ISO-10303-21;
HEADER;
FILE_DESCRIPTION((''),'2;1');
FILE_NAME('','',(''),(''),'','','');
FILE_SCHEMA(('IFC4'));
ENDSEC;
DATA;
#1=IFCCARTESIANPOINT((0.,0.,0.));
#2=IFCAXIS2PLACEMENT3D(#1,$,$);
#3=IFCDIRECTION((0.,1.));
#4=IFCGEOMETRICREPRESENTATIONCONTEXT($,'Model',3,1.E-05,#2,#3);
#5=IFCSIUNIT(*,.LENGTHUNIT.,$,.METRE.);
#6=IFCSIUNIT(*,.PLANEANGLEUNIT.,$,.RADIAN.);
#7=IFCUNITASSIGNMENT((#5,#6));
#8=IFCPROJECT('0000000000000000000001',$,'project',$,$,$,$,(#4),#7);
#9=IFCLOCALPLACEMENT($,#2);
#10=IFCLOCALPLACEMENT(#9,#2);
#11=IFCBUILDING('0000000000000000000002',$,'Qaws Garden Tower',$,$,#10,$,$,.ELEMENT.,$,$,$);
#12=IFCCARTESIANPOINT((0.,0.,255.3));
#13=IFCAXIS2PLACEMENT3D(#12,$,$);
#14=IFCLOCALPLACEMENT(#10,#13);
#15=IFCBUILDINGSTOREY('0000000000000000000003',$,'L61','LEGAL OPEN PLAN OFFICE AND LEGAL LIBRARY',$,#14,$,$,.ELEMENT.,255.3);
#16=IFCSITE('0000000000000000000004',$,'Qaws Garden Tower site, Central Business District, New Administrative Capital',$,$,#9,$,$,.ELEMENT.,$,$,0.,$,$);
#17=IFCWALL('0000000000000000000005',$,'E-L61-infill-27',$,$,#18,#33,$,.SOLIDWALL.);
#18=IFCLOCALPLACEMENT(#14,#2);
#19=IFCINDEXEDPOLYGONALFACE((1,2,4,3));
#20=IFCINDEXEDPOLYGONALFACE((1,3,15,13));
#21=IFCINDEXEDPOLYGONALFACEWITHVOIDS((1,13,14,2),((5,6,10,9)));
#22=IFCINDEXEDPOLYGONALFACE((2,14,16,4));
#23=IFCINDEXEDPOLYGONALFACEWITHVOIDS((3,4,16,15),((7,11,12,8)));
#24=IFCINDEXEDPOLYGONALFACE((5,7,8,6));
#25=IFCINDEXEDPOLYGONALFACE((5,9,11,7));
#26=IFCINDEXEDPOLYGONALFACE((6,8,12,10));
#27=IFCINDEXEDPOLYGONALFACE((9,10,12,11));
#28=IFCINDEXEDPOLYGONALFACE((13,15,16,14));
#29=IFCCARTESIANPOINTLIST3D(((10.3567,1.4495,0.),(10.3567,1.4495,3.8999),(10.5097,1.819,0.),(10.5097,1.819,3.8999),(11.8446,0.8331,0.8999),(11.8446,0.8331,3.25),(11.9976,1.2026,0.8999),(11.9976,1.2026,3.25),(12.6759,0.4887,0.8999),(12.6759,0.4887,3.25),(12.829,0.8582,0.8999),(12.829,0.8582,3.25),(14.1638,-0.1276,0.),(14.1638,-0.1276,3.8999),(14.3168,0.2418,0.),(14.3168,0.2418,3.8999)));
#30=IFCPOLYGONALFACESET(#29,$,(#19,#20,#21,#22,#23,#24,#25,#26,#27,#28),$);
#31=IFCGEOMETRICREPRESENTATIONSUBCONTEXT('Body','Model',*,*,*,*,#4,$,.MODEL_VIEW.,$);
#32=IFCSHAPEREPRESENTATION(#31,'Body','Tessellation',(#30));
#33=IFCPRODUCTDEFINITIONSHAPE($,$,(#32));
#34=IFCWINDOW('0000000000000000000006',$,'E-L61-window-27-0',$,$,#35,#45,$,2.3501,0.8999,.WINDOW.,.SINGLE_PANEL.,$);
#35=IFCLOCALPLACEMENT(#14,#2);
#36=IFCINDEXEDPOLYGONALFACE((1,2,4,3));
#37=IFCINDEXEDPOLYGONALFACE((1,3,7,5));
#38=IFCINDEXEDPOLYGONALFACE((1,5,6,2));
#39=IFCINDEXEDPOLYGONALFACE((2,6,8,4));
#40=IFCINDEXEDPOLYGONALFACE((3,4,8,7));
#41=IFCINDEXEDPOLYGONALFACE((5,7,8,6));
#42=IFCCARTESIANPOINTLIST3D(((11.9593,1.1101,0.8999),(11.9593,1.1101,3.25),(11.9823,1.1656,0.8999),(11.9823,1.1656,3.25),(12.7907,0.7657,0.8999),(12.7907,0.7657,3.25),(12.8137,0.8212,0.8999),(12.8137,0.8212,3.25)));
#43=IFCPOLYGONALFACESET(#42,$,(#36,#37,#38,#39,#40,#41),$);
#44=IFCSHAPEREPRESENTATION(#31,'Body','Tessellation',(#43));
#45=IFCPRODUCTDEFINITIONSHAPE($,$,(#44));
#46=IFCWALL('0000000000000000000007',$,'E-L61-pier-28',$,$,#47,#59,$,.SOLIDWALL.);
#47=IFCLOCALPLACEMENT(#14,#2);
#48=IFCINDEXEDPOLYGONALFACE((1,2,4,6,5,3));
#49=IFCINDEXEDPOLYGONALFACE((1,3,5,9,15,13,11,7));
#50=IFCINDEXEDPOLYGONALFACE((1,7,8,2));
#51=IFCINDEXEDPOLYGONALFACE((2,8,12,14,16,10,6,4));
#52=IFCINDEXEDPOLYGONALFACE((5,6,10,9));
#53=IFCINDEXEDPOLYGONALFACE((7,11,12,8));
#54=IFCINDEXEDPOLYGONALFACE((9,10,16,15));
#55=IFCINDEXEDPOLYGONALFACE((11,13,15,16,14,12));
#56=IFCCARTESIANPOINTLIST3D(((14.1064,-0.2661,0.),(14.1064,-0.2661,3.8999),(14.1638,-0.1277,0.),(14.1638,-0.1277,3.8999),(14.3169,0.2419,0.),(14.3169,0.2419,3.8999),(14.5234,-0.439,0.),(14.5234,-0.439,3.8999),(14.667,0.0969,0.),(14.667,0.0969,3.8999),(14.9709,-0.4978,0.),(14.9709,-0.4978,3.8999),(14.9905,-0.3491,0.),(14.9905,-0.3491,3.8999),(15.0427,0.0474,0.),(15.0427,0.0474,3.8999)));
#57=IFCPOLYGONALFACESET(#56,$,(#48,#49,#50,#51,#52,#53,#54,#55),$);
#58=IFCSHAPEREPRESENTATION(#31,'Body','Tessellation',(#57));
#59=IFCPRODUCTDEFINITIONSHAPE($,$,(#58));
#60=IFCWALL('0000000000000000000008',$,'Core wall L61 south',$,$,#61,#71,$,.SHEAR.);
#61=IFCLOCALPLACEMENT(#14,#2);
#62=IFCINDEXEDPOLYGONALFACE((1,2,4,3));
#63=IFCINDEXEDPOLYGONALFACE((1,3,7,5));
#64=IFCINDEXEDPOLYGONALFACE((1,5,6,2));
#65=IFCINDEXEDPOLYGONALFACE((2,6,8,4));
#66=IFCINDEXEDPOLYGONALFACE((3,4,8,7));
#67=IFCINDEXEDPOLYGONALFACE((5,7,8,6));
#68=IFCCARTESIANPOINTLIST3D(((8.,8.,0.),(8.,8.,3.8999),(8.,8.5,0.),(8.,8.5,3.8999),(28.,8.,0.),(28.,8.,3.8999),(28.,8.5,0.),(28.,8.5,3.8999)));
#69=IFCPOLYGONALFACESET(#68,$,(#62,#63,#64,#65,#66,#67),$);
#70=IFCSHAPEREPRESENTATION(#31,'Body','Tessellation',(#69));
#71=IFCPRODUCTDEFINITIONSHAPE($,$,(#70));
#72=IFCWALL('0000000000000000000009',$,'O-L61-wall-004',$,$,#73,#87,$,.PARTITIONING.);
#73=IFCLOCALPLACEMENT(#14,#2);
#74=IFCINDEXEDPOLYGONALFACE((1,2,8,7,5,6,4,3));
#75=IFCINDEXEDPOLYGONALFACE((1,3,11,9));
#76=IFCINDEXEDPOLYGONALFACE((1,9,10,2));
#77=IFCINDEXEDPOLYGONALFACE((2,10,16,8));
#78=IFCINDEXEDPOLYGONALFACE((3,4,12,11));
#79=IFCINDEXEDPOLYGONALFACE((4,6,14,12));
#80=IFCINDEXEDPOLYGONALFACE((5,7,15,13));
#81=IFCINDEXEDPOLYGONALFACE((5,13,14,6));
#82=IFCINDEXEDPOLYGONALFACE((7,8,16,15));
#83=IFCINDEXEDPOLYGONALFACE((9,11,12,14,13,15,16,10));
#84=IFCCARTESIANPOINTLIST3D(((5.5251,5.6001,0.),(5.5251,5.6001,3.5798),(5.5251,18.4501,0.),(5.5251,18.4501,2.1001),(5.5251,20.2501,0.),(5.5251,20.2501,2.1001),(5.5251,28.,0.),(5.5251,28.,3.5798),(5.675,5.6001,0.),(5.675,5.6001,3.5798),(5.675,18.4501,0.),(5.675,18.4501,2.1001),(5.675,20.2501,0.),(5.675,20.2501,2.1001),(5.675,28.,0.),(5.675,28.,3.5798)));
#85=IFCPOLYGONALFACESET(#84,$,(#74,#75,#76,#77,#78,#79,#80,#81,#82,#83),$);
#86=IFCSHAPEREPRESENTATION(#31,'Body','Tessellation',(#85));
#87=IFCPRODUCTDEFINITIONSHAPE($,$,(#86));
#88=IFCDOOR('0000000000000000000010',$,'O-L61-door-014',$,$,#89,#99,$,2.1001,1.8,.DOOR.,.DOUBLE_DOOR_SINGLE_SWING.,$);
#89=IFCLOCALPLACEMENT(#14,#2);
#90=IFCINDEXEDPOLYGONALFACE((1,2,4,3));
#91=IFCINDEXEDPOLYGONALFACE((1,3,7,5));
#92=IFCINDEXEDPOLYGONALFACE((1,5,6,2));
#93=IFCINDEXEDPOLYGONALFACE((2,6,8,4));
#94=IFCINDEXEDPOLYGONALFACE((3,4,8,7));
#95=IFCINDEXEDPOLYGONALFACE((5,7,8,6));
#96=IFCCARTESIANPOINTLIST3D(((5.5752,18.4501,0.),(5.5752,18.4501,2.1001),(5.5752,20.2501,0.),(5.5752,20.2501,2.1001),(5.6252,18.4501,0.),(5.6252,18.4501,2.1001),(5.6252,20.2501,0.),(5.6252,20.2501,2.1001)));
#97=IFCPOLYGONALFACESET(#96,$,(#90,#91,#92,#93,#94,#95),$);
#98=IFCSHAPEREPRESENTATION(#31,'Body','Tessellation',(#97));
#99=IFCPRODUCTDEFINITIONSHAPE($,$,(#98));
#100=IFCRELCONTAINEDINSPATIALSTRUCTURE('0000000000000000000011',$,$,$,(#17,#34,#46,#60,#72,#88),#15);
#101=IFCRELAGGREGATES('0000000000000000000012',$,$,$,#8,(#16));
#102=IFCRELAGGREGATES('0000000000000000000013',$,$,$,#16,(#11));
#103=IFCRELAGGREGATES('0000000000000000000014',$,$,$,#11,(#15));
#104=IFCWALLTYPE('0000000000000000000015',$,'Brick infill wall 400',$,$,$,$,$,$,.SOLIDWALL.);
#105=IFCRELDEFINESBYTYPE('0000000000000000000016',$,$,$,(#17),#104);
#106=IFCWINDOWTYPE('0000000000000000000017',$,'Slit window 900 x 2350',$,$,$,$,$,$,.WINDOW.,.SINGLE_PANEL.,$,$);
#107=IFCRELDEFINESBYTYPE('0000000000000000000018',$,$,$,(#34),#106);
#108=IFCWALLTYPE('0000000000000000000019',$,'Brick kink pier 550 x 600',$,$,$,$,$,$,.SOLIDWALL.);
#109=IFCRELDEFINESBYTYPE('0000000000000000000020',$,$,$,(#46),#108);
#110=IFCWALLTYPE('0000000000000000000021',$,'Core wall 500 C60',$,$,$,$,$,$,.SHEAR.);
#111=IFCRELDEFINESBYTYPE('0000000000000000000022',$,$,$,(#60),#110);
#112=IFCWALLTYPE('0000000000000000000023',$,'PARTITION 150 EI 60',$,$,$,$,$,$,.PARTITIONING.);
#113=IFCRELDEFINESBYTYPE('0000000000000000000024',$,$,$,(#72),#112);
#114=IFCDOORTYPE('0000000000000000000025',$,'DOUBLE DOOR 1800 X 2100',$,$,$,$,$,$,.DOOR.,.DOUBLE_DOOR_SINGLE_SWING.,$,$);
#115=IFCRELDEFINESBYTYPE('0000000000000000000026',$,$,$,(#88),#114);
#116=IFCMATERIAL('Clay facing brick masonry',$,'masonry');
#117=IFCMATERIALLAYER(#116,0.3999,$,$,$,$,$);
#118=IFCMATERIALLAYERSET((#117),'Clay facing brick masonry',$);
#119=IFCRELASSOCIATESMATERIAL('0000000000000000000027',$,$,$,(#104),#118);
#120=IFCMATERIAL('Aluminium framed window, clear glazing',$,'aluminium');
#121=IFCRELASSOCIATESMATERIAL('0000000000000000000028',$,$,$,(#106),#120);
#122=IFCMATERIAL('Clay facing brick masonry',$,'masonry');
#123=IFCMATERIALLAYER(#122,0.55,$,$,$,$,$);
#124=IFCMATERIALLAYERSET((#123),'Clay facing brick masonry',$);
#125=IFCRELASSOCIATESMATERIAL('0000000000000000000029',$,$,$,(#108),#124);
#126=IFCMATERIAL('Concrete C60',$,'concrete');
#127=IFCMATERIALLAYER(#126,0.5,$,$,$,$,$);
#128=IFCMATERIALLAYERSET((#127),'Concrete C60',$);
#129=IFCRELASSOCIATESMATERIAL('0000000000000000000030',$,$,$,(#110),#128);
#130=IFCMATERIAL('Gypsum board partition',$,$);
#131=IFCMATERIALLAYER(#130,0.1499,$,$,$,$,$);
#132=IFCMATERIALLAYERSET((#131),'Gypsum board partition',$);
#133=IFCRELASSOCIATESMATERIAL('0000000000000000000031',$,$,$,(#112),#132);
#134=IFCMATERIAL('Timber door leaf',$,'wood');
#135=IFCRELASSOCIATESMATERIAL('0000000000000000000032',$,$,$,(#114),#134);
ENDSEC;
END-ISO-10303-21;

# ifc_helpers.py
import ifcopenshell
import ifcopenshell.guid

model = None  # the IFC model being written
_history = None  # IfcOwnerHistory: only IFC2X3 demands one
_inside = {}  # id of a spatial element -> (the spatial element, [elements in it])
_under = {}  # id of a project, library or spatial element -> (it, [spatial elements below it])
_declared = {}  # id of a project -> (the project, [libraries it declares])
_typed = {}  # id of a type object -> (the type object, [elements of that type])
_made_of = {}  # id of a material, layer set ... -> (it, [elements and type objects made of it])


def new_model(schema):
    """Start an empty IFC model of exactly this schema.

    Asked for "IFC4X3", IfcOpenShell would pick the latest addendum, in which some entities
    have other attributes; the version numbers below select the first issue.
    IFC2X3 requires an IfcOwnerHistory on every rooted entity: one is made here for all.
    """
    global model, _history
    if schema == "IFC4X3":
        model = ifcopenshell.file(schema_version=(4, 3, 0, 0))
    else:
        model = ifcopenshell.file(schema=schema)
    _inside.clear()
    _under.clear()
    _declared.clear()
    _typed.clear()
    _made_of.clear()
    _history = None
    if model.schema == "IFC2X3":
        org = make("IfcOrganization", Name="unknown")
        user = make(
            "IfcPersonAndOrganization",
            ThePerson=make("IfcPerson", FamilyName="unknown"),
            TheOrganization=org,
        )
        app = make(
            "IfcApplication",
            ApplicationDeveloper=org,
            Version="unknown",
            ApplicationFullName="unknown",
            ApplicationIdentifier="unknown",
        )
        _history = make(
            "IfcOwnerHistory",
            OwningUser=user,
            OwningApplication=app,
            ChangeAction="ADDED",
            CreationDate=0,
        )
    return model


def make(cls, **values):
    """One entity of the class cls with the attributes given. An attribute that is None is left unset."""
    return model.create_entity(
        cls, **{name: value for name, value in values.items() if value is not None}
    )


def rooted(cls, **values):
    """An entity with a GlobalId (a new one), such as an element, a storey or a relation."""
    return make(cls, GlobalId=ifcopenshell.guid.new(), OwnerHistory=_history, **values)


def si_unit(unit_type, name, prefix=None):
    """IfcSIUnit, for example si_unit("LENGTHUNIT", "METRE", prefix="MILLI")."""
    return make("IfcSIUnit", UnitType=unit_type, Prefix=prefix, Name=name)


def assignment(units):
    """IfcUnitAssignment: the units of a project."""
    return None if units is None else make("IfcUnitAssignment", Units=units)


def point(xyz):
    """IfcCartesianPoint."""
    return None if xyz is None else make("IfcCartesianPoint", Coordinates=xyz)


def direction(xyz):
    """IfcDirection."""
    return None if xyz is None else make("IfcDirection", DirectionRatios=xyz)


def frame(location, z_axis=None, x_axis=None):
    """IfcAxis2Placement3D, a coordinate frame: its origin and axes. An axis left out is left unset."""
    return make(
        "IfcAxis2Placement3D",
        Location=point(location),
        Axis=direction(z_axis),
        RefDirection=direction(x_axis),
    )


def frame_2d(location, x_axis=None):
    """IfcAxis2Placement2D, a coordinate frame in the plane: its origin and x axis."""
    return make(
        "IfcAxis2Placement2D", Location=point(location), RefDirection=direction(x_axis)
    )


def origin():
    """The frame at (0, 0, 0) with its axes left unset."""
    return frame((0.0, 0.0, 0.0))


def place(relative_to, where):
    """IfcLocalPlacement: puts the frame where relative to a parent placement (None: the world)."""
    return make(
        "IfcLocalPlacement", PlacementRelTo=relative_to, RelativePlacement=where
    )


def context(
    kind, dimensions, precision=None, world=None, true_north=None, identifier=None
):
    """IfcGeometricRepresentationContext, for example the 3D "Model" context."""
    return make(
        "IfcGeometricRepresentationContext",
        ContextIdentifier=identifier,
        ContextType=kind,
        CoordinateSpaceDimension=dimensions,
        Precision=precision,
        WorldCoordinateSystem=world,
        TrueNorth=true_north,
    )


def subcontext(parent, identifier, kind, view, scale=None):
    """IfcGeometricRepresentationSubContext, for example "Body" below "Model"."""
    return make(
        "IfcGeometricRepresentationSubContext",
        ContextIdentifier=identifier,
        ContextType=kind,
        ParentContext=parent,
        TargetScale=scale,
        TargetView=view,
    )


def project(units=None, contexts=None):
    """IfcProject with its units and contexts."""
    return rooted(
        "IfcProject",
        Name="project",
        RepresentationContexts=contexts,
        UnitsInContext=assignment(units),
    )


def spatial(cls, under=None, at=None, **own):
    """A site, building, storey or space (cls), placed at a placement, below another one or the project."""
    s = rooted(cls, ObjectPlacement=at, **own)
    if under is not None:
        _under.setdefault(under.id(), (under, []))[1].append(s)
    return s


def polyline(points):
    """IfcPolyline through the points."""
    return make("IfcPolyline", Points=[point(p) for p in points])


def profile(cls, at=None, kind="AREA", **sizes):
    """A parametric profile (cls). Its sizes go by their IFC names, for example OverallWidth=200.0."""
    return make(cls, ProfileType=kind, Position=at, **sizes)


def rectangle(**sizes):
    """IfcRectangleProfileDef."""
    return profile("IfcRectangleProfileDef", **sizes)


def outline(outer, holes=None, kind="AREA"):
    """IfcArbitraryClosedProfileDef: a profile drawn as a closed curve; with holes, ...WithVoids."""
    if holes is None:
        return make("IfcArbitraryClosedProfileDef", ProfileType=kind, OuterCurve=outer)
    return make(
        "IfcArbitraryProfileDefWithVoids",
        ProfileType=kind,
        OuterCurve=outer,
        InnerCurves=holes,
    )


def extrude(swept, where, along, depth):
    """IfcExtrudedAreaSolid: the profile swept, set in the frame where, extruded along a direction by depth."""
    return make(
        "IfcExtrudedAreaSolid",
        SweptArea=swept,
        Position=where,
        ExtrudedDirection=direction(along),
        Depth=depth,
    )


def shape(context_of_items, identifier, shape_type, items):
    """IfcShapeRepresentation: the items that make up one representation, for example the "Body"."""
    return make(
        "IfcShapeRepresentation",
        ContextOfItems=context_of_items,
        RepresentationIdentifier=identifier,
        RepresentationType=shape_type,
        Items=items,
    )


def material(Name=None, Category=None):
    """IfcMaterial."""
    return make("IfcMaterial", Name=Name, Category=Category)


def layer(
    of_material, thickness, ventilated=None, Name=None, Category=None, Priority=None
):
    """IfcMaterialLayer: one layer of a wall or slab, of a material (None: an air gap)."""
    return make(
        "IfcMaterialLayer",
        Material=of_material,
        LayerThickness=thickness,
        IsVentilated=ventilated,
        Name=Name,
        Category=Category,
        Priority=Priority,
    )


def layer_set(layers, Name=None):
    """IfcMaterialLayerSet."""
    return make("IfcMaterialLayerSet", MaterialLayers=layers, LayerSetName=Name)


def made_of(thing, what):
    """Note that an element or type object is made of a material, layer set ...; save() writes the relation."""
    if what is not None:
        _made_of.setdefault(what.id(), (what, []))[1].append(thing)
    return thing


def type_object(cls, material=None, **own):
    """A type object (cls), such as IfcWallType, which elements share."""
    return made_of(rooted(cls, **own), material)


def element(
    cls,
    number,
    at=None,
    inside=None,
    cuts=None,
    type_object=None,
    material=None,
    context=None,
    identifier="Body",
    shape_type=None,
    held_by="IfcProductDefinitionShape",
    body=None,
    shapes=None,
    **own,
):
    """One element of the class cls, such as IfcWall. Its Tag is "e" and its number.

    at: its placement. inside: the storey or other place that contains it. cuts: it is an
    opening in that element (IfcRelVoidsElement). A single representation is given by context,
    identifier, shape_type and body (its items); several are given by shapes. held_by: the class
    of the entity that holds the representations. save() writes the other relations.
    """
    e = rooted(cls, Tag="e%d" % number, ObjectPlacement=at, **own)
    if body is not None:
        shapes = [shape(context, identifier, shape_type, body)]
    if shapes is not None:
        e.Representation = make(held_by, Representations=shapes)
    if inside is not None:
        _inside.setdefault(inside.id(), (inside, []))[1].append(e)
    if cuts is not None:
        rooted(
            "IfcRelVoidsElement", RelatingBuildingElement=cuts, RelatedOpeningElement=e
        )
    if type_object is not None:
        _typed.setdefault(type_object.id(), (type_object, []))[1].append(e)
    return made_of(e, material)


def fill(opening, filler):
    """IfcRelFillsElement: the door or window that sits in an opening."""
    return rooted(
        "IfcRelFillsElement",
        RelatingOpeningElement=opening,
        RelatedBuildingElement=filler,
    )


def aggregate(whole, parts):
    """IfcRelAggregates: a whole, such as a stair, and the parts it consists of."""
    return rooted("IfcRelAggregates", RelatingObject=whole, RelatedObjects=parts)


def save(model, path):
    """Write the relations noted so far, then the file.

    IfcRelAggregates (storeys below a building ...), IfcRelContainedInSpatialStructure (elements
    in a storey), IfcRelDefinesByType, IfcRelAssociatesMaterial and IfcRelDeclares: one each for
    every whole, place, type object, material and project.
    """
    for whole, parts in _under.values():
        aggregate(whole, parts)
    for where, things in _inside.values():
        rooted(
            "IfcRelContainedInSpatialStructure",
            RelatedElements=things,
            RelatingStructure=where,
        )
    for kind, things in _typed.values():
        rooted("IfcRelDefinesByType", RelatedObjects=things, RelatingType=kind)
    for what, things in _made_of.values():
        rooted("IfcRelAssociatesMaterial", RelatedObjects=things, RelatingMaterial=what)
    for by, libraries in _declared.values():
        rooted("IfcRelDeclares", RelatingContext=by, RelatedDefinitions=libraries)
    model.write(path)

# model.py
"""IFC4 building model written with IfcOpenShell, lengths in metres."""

from ifc_helpers import new_model, si_unit, direction, frame, frame_2d, origin, place, context, subcontext, project, spatial, polyline, rectangle, outline, extrude, material, layer, layer_set, type_object, element, fill, save


model = new_model("IFC4")

# Units and contexts
model_context = context("Model", 3, precision=1e-05, world=origin(), true_north=direction((0.0, 1.0)))
body_context = subcontext(model_context, "Body", "Model", "MODEL_VIEW")
ifc_project = project(units=[si_unit("LENGTHUNIT", "METRE"), si_unit("PLANEANGLEUNIT", "RADIAN")], contexts=[model_context])

# Site, building, storey
site_placement = place(None, origin())
site = spatial("IfcSite", under=ifc_project, at=site_placement, Name="Qaws Garden Tower site, Central Business District, New Administrative Capital", CompositionType="ELEMENT", RefElevation=0.0)
building_placement = place(site_placement, origin())
building = spatial("IfcBuilding", under=site, at=building_placement, Name="Qaws Garden Tower", CompositionType="ELEMENT")
storey_placement = place(building_placement, frame((0.0, 0.0, 255.3)))
storey = spatial("IfcBuildingStorey", under=building, at=storey_placement, Name="L61", Description="LEGAL OPEN PLAN OFFICE AND LEGAL LIBRARY", CompositionType="ELEMENT", Elevation=255.3)

# Shared definitions
placement_1 = place(storey_placement, origin())

# Wall, opening, window
ifc_material_1 = material(Name="Clay facing brick masonry", Category="masonry")
ifc_layer_1 = layer(ifc_material_1, 0.3999)
ifc_layer_set_1 = layer_set([ifc_layer_1], Name="Clay facing brick masonry")
wall_type_1 = type_object("IfcWallType", Name="Brick infill wall 400", PredefinedType="SOLIDWALL", material=ifc_layer_set_1)
ifc_material_2 = material(Name="Aluminium framed window, clear glazing", Category="aluminium")
window_type = type_object("IfcWindowType", Name="Slit window 900 x 2350", PartitioningType="SINGLE_PANEL", PredefinedType="WINDOW", material=ifc_material_2)
wall_1_placement = place(storey_placement, frame((10.4331, 1.6343, 0.0), z_axis=(0.0, 0.0, 1.0), x_axis=(0.923864, -0.382722, 0.0)))
wall_1 = element("IfcWall", 1, at=wall_1_placement, inside=storey, type_object=wall_type_1, Name="E-L61-infill-27", PredefinedType="SOLIDWALL", context=body_context, shape_type="SweptSolid", body=[
    extrude(rectangle(XDim=4.1208, YDim=0.3999, at=frame_2d((2.0605, 0.0))), origin(), (0.0, 0.0, 1.0), 3.8999),
])
opening_1_placement = place(wall_1_placement, frame((1.6106, 0.0, 0.8999)))
opening_1 = element("IfcOpeningElement", 2, at=opening_1_placement, cuts=wall_1, PredefinedType="OPENING", context=body_context, shape_type="SweptSolid", body=[
    extrude(rectangle(XDim=0.8999, YDim=2.3501, at=frame_2d((0.45, 1.175))), frame((0.0, 0.21, 0.0), z_axis=(0.0, -1.0, 0.0), x_axis=(1.0, 0.0, 0.0)), (0.0, 0.0, 1.0), 0.4199),
])
window_1_placement = place(opening_1_placement, origin())
window_1 = element("IfcWindow", 3, at=window_1_placement, inside=storey, type_object=window_type, Name="E-L61-window-27-0", OverallHeight=2.3501, OverallWidth=0.8999, PartitioningType="SINGLE_PANEL", PredefinedType="WINDOW", context=body_context, shape_type="SweptSolid", body=[
    extrude(rectangle(XDim=0.8999, YDim=2.3501, at=frame_2d((0.45, 1.175))), frame((0.0, 0.1599, 0.0), z_axis=(0.0, -1.0, 0.0), x_axis=(1.0, 0.0, 0.0)), (0.0, 0.0, 1.0), 0.0601),
])
fill(opening_1, window_1)

# Walls
ifc_material_3 = material(Name="Clay facing brick masonry", Category="masonry")
ifc_layer_2 = layer(ifc_material_3, 0.55)
ifc_layer_set_2 = layer_set([ifc_layer_2], Name="Clay facing brick masonry")
wall_type_2 = type_object("IfcWallType", Name="Brick kink pier 550 x 600", PredefinedType="SOLIDWALL", material=ifc_layer_set_2)
element("IfcWall", 4, at=placement_1, inside=storey, type_object=wall_type_2, Name="E-L61-pier-28", PredefinedType="SOLIDWALL", context=body_context, shape_type="SweptSolid", body=[
    extrude(outline(polyline([(14.1638, -0.1277), (14.1064, -0.2661), (14.5234, -0.439), (14.9709, -0.4978), (14.9905, -0.3491), (15.0427, 0.0474), (14.667, 0.0969), (14.3169, 0.2419), (14.1638, -0.1277)])), origin(), (0.0, 0.0, 1.0), 3.8999),
])
ifc_material_4 = material(Name="Concrete C60", Category="concrete")
ifc_layer_3 = layer(ifc_material_4, 0.5)
ifc_layer_set_3 = layer_set([ifc_layer_3], Name="Concrete C60")
wall_type_3 = type_object("IfcWallType", Name="Core wall 500 C60", PredefinedType="SHEAR", material=ifc_layer_set_3)
wall_2_placement = place(storey_placement, frame((8.0, 8.25, 0.0), z_axis=(0.0, 0.0, 1.0), x_axis=(1.0, 0.0, 0.0)))
element("IfcWall", 5, at=wall_2_placement, inside=storey, type_object=wall_type_3, Name="Core wall L61 south", PredefinedType="SHEAR", context=body_context, shape_type="SweptSolid", body=[
    extrude(rectangle(XDim=20.0, YDim=0.5, at=frame_2d((10.0, 0.0))), origin(), (0.0, 0.0, 1.0), 3.8999),
])

# Wall, opening, door
ifc_material_5 = material(Name="Gypsum board partition")
ifc_layer_4 = layer(ifc_material_5, 0.1499)
ifc_layer_set_4 = layer_set([ifc_layer_4], Name="Gypsum board partition")
wall_type_4 = type_object("IfcWallType", Name="PARTITION 150 EI 60", PredefinedType="PARTITIONING", material=ifc_layer_set_4)
wall_3_placement = place(storey_placement, frame((5.6001, 5.6001, 0.0), z_axis=(0.0, 0.0, 1.0), x_axis=(0.0, 1.0, 0.0)))
wall_3 = element("IfcWall", 6, at=wall_3_placement, inside=storey, type_object=wall_type_4, Name="O-L61-wall-004", PredefinedType="PARTITIONING", context=body_context, shape_type="SweptSolid", body=[
    extrude(rectangle(XDim=22.3999, YDim=0.1499, at=frame_2d((11.2, 0.0))), origin(), (0.0, 0.0, 1.0), 3.5798),
])
opening_2_placement = place(wall_3_placement, frame((12.8501, 0.0, 0.0)))
opening_2 = element("IfcOpeningElement", 7, at=opening_2_placement, cuts=wall_3, PredefinedType="OPENING", context=body_context, shape_type="SweptSolid", body=[
    extrude(rectangle(XDim=1.8, YDim=2.1001, at=frame_2d((0.8999, 1.05))), frame((0.0, 0.085, 0.0), z_axis=(0.0, -1.0, 0.0), x_axis=(1.0, 0.0, 0.0)), (0.0, 0.0, 1.0), 0.1699),
])
ifc_material_6 = material(Name="Timber door leaf", Category="wood")
door_type_1 = type_object("IfcDoorType", Name="DOUBLE DOOR 1800 X 2100", OperationType="DOUBLE_DOOR_SINGLE_SWING", PredefinedType="DOOR", material=ifc_material_6)
door_1_placement = place(opening_2_placement, origin())
door_1 = element("IfcDoor", 8, at=door_1_placement, inside=storey, type_object=door_type_1, Name="O-L61-door-014", OperationType="DOUBLE_DOOR_SINGLE_SWING", OverallHeight=2.1001, OverallWidth=1.8, PredefinedType="DOOR", context=body_context, shape_type="SweptSolid", body=[
    extrude(rectangle(XDim=1.8, YDim=2.1001, at=frame_2d((0.8999, 1.05))), frame((0.0, 0.0249, 0.0), z_axis=(0.0, -1.0, 0.0), x_axis=(1.0, 0.0, 0.0)), (0.0, 0.0, 1.0), 0.05),
])
fill(opening_2, door_1)

save(model, "model.ifc")
